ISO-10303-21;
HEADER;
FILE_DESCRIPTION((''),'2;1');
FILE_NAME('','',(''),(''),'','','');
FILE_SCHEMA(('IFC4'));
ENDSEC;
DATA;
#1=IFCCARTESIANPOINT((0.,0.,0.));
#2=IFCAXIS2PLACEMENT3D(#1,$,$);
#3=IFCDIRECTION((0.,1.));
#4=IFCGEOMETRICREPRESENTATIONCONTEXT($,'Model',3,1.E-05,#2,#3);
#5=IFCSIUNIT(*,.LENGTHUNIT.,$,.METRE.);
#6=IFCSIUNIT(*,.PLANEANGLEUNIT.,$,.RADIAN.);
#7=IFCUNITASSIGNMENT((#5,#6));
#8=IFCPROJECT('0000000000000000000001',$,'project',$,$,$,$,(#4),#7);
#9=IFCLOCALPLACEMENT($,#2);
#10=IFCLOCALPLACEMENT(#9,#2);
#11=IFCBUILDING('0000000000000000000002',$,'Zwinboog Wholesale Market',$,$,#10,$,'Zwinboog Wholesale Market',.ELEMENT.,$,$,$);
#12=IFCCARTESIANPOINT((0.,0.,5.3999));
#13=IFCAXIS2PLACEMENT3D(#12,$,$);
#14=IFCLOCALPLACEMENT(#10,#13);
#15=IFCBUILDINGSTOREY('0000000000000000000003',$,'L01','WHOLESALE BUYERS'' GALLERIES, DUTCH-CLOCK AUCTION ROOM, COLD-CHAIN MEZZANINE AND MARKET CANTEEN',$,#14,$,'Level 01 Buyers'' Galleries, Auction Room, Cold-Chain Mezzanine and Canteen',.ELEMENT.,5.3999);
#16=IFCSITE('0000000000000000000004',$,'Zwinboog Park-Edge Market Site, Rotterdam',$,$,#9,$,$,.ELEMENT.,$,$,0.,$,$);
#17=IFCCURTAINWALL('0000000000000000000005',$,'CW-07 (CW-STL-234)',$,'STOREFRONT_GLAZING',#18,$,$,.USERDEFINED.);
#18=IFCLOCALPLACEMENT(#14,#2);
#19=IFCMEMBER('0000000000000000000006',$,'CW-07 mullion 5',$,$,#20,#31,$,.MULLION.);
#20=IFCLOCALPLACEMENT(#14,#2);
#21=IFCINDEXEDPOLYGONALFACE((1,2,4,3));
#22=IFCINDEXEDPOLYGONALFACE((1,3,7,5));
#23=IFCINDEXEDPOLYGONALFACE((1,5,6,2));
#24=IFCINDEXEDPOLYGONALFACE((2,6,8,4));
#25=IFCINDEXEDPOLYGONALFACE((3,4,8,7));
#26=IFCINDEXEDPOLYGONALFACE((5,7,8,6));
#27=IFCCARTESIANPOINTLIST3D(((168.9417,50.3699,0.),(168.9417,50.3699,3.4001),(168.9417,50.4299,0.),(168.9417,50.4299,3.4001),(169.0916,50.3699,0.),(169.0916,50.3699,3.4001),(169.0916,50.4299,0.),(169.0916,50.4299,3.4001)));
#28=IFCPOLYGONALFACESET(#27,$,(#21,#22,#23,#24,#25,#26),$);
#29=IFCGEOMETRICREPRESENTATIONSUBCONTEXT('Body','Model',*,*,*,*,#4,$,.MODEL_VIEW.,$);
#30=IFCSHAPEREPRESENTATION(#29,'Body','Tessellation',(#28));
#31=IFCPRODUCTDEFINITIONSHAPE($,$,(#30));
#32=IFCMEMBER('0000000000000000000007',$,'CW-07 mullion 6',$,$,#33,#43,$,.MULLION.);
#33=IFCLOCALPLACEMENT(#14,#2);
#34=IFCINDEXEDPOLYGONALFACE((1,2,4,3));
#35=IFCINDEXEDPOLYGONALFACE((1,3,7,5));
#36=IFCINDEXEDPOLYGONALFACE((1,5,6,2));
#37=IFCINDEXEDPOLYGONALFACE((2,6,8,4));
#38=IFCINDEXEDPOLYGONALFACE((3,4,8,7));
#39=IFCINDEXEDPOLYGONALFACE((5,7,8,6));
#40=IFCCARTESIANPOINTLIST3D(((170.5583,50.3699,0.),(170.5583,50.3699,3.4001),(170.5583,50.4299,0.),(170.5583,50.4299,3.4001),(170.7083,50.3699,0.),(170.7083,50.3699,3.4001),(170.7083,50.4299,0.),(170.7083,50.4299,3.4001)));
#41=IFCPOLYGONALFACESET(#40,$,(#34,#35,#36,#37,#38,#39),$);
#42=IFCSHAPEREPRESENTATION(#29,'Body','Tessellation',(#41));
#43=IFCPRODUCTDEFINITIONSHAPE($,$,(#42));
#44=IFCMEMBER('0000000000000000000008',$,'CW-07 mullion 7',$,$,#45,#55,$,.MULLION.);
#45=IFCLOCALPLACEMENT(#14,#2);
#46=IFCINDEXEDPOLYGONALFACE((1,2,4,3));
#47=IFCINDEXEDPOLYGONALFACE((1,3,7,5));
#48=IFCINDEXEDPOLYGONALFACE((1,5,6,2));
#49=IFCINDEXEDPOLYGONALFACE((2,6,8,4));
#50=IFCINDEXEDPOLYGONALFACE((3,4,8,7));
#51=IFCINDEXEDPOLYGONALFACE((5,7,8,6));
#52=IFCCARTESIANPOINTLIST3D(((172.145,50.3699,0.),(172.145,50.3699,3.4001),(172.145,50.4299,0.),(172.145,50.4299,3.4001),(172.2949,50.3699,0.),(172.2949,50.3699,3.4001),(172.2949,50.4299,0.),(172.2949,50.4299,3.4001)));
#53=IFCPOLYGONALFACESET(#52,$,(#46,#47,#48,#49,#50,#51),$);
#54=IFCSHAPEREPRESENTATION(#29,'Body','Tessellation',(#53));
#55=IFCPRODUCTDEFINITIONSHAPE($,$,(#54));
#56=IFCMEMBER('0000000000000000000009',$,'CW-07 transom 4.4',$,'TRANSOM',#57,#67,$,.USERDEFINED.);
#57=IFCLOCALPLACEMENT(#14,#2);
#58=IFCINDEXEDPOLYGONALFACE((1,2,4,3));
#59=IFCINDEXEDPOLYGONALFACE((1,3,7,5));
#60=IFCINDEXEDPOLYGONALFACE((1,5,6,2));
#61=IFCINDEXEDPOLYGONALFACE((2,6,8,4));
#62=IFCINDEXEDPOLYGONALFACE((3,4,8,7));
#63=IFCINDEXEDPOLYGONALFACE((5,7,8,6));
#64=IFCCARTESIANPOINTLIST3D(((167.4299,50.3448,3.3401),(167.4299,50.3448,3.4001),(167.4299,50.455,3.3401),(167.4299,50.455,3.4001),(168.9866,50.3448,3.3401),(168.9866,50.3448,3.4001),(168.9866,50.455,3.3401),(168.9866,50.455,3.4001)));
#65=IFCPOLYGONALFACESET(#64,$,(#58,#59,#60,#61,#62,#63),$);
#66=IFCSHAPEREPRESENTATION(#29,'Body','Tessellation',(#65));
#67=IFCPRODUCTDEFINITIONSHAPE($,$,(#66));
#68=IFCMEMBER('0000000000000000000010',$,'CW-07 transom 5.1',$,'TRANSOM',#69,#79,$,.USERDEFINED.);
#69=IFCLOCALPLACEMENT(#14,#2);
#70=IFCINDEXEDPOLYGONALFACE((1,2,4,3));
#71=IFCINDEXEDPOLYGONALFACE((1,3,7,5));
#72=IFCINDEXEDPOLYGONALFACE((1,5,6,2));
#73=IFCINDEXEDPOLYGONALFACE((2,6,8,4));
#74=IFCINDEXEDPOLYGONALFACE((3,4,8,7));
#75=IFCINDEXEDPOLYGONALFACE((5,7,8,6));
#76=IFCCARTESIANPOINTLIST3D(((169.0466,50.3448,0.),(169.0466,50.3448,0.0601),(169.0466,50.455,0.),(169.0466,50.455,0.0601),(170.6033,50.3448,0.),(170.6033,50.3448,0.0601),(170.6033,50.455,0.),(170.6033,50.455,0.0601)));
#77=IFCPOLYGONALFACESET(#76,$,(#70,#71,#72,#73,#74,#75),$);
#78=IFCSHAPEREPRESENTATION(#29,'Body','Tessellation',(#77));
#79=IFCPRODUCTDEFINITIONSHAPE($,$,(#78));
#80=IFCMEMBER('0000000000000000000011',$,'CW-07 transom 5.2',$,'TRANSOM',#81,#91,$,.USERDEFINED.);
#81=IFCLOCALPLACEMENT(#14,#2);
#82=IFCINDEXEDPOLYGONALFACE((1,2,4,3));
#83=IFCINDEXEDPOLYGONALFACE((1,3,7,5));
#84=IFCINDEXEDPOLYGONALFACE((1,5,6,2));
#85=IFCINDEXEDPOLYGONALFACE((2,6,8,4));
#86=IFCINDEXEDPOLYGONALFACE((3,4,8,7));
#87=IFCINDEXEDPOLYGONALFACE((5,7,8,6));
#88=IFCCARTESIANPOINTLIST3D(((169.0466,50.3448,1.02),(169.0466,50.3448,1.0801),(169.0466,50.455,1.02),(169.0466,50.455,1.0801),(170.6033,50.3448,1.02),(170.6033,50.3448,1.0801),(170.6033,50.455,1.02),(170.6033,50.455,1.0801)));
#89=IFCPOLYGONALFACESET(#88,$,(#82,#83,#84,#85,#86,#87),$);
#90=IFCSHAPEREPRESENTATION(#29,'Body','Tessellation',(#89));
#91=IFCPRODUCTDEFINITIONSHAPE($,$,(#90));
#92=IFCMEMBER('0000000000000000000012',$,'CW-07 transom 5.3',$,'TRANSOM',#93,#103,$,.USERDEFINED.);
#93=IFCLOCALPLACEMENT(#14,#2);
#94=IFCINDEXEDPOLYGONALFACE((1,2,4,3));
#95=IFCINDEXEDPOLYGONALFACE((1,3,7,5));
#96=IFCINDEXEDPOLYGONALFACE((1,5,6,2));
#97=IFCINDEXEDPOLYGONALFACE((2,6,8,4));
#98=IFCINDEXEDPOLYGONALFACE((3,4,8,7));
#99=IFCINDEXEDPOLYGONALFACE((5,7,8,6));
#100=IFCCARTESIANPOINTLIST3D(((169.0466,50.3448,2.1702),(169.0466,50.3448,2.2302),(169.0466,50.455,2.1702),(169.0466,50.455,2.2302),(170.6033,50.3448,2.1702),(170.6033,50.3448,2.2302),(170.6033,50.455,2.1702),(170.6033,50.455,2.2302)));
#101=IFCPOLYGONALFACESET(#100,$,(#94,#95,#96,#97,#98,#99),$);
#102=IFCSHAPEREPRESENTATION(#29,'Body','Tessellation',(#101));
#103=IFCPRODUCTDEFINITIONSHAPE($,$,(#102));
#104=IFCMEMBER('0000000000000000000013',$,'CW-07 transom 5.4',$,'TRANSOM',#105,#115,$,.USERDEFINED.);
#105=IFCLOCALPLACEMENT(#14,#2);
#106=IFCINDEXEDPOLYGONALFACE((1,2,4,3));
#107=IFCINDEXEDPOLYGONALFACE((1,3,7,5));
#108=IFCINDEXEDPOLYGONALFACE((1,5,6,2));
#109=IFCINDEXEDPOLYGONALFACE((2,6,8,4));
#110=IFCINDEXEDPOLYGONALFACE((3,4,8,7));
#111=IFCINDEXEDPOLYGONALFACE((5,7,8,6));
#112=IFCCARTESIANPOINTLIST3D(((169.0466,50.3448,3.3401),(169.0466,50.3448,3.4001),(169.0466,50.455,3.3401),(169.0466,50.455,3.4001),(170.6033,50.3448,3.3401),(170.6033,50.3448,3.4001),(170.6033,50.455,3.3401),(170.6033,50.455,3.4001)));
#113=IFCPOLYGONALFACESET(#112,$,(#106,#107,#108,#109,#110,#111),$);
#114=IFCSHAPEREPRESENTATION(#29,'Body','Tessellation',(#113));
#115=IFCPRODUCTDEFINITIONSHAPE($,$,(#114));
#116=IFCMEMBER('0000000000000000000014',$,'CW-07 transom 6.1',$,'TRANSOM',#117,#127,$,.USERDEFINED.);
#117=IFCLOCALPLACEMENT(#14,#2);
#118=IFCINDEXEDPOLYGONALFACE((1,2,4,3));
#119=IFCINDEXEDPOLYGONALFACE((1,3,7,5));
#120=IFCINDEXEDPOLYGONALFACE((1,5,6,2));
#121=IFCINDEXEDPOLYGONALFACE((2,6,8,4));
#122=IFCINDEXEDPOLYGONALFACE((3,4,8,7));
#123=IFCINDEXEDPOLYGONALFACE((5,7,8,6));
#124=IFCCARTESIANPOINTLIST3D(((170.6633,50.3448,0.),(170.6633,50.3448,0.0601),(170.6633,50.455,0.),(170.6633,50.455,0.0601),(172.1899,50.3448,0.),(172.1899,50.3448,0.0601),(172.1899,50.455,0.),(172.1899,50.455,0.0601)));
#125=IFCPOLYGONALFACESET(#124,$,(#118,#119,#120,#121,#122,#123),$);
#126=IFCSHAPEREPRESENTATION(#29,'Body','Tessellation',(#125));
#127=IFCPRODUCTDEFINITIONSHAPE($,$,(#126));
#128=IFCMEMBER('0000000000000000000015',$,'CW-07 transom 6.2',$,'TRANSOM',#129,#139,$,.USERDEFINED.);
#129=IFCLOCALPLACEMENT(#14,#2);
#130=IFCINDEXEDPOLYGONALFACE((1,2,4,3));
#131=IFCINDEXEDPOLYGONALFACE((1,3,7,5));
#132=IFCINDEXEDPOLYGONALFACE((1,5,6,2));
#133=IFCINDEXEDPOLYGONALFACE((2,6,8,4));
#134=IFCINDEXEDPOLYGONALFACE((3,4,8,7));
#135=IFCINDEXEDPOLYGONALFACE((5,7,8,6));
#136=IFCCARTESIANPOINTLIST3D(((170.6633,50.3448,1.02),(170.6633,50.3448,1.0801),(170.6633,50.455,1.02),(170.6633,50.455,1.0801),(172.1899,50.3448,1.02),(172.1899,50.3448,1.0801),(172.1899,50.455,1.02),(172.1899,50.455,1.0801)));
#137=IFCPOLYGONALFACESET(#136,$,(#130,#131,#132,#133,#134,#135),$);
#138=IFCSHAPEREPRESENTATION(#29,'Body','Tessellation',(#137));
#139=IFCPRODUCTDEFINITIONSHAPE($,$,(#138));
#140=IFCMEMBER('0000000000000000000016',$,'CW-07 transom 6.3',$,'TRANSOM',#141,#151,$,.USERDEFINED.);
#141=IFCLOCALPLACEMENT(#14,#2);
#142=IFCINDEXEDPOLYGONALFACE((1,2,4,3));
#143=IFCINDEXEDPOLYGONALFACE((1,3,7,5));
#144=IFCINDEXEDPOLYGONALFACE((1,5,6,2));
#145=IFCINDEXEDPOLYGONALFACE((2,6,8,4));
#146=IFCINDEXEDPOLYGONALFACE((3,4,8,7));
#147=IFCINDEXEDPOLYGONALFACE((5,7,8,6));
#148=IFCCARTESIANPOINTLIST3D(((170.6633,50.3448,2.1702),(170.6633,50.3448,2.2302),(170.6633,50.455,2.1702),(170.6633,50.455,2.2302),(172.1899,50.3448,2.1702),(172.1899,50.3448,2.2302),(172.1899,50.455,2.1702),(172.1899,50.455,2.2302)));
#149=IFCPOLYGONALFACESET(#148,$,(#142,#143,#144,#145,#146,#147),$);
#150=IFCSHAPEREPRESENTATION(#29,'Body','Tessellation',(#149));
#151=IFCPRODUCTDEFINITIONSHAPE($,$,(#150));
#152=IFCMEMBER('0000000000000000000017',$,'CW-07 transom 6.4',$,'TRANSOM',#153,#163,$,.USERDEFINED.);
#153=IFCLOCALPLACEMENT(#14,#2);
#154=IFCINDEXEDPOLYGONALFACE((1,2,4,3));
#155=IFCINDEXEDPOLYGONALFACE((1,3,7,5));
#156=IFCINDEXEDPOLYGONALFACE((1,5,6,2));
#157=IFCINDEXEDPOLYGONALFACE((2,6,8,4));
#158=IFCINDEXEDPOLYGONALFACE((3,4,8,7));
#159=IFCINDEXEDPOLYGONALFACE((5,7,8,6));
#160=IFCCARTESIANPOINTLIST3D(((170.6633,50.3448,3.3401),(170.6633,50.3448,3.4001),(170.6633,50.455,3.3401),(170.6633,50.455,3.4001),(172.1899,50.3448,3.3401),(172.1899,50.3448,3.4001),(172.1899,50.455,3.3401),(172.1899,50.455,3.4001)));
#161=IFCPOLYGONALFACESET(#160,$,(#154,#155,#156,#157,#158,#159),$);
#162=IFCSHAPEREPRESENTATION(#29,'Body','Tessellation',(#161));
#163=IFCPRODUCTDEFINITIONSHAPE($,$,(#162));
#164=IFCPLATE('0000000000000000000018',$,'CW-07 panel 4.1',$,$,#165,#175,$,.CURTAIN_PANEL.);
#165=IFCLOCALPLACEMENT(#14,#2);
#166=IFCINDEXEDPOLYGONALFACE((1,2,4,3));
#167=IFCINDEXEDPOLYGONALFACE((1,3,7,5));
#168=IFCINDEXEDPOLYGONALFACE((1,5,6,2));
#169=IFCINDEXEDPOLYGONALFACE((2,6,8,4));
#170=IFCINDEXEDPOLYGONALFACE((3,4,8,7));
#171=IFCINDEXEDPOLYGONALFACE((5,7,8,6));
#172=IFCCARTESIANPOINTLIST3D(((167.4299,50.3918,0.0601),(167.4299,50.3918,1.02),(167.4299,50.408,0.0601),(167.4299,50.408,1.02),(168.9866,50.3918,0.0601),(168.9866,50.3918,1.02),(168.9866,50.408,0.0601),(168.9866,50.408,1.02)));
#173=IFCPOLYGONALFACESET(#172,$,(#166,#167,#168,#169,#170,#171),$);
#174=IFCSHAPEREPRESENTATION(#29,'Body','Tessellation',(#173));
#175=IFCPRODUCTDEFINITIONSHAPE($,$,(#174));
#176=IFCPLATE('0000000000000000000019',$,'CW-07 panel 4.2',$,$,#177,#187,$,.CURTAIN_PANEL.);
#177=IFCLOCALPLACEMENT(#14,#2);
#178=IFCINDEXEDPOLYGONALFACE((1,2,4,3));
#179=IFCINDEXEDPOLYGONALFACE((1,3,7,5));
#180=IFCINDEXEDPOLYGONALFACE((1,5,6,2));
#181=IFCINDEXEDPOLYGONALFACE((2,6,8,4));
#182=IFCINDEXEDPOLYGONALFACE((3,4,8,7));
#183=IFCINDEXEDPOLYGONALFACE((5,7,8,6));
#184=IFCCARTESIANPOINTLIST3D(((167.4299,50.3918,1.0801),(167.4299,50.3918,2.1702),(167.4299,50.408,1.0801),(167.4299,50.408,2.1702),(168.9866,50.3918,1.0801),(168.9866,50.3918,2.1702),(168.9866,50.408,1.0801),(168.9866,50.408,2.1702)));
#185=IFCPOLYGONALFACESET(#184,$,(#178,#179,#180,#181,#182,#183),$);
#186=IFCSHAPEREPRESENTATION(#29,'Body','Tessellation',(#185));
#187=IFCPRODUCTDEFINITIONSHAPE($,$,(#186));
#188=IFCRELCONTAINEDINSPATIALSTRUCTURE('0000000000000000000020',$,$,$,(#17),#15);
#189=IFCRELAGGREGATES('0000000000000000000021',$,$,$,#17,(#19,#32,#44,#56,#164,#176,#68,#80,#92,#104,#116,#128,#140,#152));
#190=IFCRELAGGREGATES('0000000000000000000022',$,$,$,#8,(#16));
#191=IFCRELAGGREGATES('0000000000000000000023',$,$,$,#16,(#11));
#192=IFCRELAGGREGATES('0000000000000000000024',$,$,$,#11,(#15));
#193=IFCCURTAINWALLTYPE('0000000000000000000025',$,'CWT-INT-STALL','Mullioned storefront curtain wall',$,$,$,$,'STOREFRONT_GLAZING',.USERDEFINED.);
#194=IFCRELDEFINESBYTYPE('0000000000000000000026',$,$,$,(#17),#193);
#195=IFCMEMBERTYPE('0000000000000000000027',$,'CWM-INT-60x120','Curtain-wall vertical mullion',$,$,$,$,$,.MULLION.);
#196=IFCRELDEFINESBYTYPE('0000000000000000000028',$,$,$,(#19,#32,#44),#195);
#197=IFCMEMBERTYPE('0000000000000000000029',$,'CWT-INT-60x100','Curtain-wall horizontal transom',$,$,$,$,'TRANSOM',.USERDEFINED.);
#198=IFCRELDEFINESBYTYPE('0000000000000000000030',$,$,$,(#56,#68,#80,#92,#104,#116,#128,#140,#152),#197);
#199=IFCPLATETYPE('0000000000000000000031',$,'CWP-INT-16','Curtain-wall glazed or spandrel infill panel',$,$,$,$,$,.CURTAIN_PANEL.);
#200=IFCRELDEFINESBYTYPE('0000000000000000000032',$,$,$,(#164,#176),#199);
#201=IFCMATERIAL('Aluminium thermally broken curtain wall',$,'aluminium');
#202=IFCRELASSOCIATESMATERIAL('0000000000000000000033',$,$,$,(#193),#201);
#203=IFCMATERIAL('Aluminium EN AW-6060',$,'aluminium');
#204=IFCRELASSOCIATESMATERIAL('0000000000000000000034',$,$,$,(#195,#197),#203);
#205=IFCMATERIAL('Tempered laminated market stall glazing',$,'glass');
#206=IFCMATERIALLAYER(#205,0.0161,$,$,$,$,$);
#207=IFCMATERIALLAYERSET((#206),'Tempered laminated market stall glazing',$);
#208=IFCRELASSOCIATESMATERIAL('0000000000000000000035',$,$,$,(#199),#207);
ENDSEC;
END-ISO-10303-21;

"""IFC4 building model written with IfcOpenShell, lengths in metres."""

from ifc_helpers import new_model, si_unit, direction, frame, origin, origin_2d, place, context, subcontext, project, spatial, rectangle, extrude, material, layer, layer_set, material_profile, profile_set, type_object, element, aggregate, save


model = new_model("IFC4")

# Units and contexts
model_context = context("Model", 3, precision=1e-05, world=origin(), true_north=direction((0.0, 1.0)))
body_context = subcontext(model_context, "Body", "Model", "MODEL_VIEW")
ifc_project = project(units=[si_unit("LENGTHUNIT", "METRE"), si_unit("PLANEANGLEUNIT", "RADIAN")], contexts=[model_context])

# Site, building, storey
site_placement = place(None, origin())
site = spatial("IfcSite", under=ifc_project, at=site_placement, Name="Zwinboog Park-Edge Market Site, Rotterdam", CompositionType="ELEMENT", RefElevation=0.0)
building_placement = place(site_placement, origin())
building = spatial("IfcBuilding", under=site, at=building_placement, Name="Zwinboog Wholesale Market", LongName="Zwinboog Wholesale Market", CompositionType="ELEMENT")
storey_placement = place(building_placement, frame((0.0, 0.0, 5.3999)))
storey = spatial("IfcBuildingStorey", under=building, at=storey_placement, Name="L01", Description="WHOLESALE BUYERS' GALLERIES, DUTCH-CLOCK AUCTION ROOM, COLD-CHAIN MEZZANINE AND MARKET CANTEEN", LongName="Level 01 Buyers' Galleries, Auction Room, Cold-Chain Mezzanine and Canteen", CompositionType="ELEMENT", Elevation=5.3999)

# Curtain wall, members, plates
ifc_material_1 = material(Name="Aluminium thermally broken curtain wall", Category="aluminium")
curtain_wall_type = type_object("IfcCurtainWallType", Name="CWT-INT-STALL", Description="Mullioned storefront curtain wall", ElementType="STOREFRONT_GLAZING", PredefinedType="USERDEFINED", material=ifc_material_1)
curtain_wall_placement = place(storey_placement, origin())
curtain_wall = element("IfcCurtainWall", 1, at=curtain_wall_placement, inside=storey, type_object=curtain_wall_type, Name="CW-07 (CW-STL-234)", ObjectType="STOREFRONT_GLAZING", PredefinedType="USERDEFINED")
ifc_material_2 = material(Name="Aluminium EN AW-6060", Category="aluminium")
ifc_material_profile_1 = material_profile(ifc_material_2, rectangle(XDim=0.0601, YDim=0.1499, at=origin_2d()), Name="AL 60x150")
ifc_profile_set_1 = profile_set([ifc_material_profile_1], Name="Aluminium EN AW-6060")
member_type_1 = type_object("IfcMemberType", Name="CWM-INT-60x120", Description="Curtain-wall vertical mullion", PredefinedType="MULLION", material=ifc_profile_set_1)
member_1_placement = place(storey_placement, frame((169.0166, 50.3999, 0.0), z_axis=(0.0, 0.0, 1.0), x_axis=(0.0, 1.0, 0.0)))
member_1 = element("IfcMember", 2, at=member_1_placement, type_object=member_type_1, Name="CW-07 mullion 5", PredefinedType="MULLION", context=body_context, shape_type="SweptSolid", body=[
    extrude(rectangle(XDim=0.0601, YDim=0.1499, at=origin_2d()), origin(), (0.0, 0.0, 1.0), 3.4001),
])
member_2_placement = place(storey_placement, frame((170.6333, 50.3999, 0.0), z_axis=(0.0, 0.0, 1.0), x_axis=(0.0, 1.0, 0.0)))
member_2 = element("IfcMember", 3, at=member_2_placement, type_object=member_type_1, Name="CW-07 mullion 6", PredefinedType="MULLION", context=body_context, shape_type="SweptSolid", body=[
    extrude(rectangle(XDim=0.0601, YDim=0.1499, at=origin_2d()), origin(), (0.0, 0.0, 1.0), 3.4001),
])
member_3_placement = place(storey_placement, frame((172.22, 50.3999, 0.0), z_axis=(0.0, 0.0, 1.0), x_axis=(0.0, 1.0, 0.0)))
member_3 = element("IfcMember", 4, at=member_3_placement, type_object=member_type_1, Name="CW-07 mullion 7", PredefinedType="MULLION", context=body_context, shape_type="SweptSolid", body=[
    extrude(rectangle(XDim=0.0601, YDim=0.1499, at=origin_2d()), origin(), (0.0, 0.0, 1.0), 3.4001),
])
ifc_material_profile_2 = material_profile(ifc_material_2, rectangle(XDim=0.1101, YDim=0.0601, at=origin_2d()), Name="AL 60x110")
ifc_profile_set_2 = profile_set([ifc_material_profile_2], Name="Aluminium EN AW-6060")
member_type_2 = type_object("IfcMemberType", Name="CWT-INT-60x100", Description="Curtain-wall horizontal transom", ElementType="TRANSOM", PredefinedType="USERDEFINED", material=ifc_profile_set_2)
member_4_placement = place(storey_placement, frame((167.4299, 50.3999, 3.3701), z_axis=(1.0, 0.0, 0.0), x_axis=(0.0, 1.0, 0.0)))
member_4 = element("IfcMember", 5, at=member_4_placement, type_object=member_type_2, Name="CW-07 transom 4.4", ObjectType="TRANSOM", PredefinedType="USERDEFINED", context=body_context, shape_type="SweptSolid", body=[
    extrude(rectangle(XDim=0.1101, YDim=0.0601, at=origin_2d()), origin(), (0.0, 0.0, 1.0), 1.5566),
])
member_5_placement = place(storey_placement, frame((169.0466, 50.3999, 0.03), z_axis=(1.0, 0.0, 0.0), x_axis=(0.0, 1.0, 0.0)))
member_5 = element("IfcMember", 6, at=member_5_placement, type_object=member_type_2, Name="CW-07 transom 5.1", ObjectType="TRANSOM", PredefinedType="USERDEFINED", context=body_context, shape_type="SweptSolid", body=[
    extrude(rectangle(XDim=0.1101, YDim=0.0601, at=origin_2d()), origin(), (0.0, 0.0, 1.0), 1.5566),
])
member_6_placement = place(storey_placement, frame((169.0466, 50.3999, 1.05), z_axis=(1.0, 0.0, 0.0), x_axis=(0.0, 1.0, 0.0)))
member_6 = element("IfcMember", 7, at=member_6_placement, type_object=member_type_2, Name="CW-07 transom 5.2", ObjectType="TRANSOM", PredefinedType="USERDEFINED", context=body_context, shape_type="SweptSolid", body=[
    extrude(rectangle(XDim=0.1101, YDim=0.0601, at=origin_2d()), origin(), (0.0, 0.0, 1.0), 1.5566),
])
member_7_placement = place(storey_placement, frame((169.0466, 50.3999, 2.2002), z_axis=(1.0, 0.0, 0.0), x_axis=(0.0, 1.0, 0.0)))
member_7 = element("IfcMember", 8, at=member_7_placement, type_object=member_type_2, Name="CW-07 transom 5.3", ObjectType="TRANSOM", PredefinedType="USERDEFINED", context=body_context, shape_type="SweptSolid", body=[
    extrude(rectangle(XDim=0.1101, YDim=0.0601, at=origin_2d()), origin(), (0.0, 0.0, 1.0), 1.5566),
])
member_8_placement = place(storey_placement, frame((169.0466, 50.3999, 3.3701), z_axis=(1.0, 0.0, 0.0), x_axis=(0.0, 1.0, 0.0)))
member_8 = element("IfcMember", 9, at=member_8_placement, type_object=member_type_2, Name="CW-07 transom 5.4", ObjectType="TRANSOM", PredefinedType="USERDEFINED", context=body_context, shape_type="SweptSolid", body=[
    extrude(rectangle(XDim=0.1101, YDim=0.0601, at=origin_2d()), origin(), (0.0, 0.0, 1.0), 1.5566),
])
member_9_placement = place(storey_placement, frame((170.6633, 50.3999, 0.03), z_axis=(1.0, 0.0, 0.0), x_axis=(0.0, 1.0, 0.0)))
member_9 = element("IfcMember", 10, at=member_9_placement, type_object=member_type_2, Name="CW-07 transom 6.1", ObjectType="TRANSOM", PredefinedType="USERDEFINED", context=body_context, shape_type="SweptSolid", body=[
    extrude(rectangle(XDim=0.1101, YDim=0.0601, at=origin_2d()), origin(), (0.0, 0.0, 1.0), 1.5266),
])
member_10_placement = place(storey_placement, frame((170.6633, 50.3999, 1.05), z_axis=(1.0, 0.0, 0.0), x_axis=(0.0, 1.0, 0.0)))
member_10 = element("IfcMember", 11, at=member_10_placement, type_object=member_type_2, Name="CW-07 transom 6.2", ObjectType="TRANSOM", PredefinedType="USERDEFINED", context=body_context, shape_type="SweptSolid", body=[
    extrude(rectangle(XDim=0.1101, YDim=0.0601, at=origin_2d()), origin(), (0.0, 0.0, 1.0), 1.5266),
])
member_11_placement = place(storey_placement, frame((170.6633, 50.3999, 2.2002), z_axis=(1.0, 0.0, 0.0), x_axis=(0.0, 1.0, 0.0)))
member_11 = element("IfcMember", 12, at=member_11_placement, type_object=member_type_2, Name="CW-07 transom 6.3", ObjectType="TRANSOM", PredefinedType="USERDEFINED", context=body_context, shape_type="SweptSolid", body=[
    extrude(rectangle(XDim=0.1101, YDim=0.0601, at=origin_2d()), origin(), (0.0, 0.0, 1.0), 1.5266),
])
member_12_placement = place(storey_placement, frame((170.6633, 50.3999, 3.3701), z_axis=(1.0, 0.0, 0.0), x_axis=(0.0, 1.0, 0.0)))
member_12 = element("IfcMember", 13, at=member_12_placement, type_object=member_type_2, Name="CW-07 transom 6.4", ObjectType="TRANSOM", PredefinedType="USERDEFINED", context=body_context, shape_type="SweptSolid", body=[
    extrude(rectangle(XDim=0.1101, YDim=0.0601, at=origin_2d()), origin(), (0.0, 0.0, 1.0), 1.5266),
])
ifc_material_3 = material(Name="Tempered laminated market stall glazing", Category="glass")
ifc_layer = layer(ifc_material_3, 0.0161)
ifc_layer_set = layer_set([ifc_layer], Name="Tempered laminated market stall glazing")
plate_type = type_object("IfcPlateType", Name="CWP-INT-16", Description="Curtain-wall glazed or spandrel infill panel", PredefinedType="CURTAIN_PANEL", material=ifc_layer_set)
plate_1_placement = place(storey_placement, frame((168.2083, 50.3999, 0.0601), z_axis=(0.0, 0.0, 1.0), x_axis=(1.0, 0.0, 0.0)))
plate_1 = element("IfcPlate", 14, at=plate_1_placement, type_object=plate_type, Name="CW-07 panel 4.1", PredefinedType="CURTAIN_PANEL", context=body_context, shape_type="SweptSolid", body=[
    extrude(rectangle(XDim=1.5566, YDim=0.0161, at=origin_2d()), origin(), (0.0, 0.0, 1.0), 0.96),
])
plate_2_placement = place(storey_placement, frame((168.2083, 50.3999, 1.0801), z_axis=(0.0, 0.0, 1.0), x_axis=(1.0, 0.0, 0.0)))
plate_2 = element("IfcPlate", 15, at=plate_2_placement, type_object=plate_type, Name="CW-07 panel 4.2", PredefinedType="CURTAIN_PANEL", context=body_context, shape_type="SweptSolid", body=[
    extrude(rectangle(XDim=1.5566, YDim=0.0161, at=origin_2d()), origin(), (0.0, 0.0, 1.0), 1.0901),
])
aggregate(curtain_wall, [member_1, member_2, member_3, member_4, plate_1, plate_2, member_5, member_6, member_7, member_8, member_9, member_10, member_11, member_12])

save(model, "model.ifc")
